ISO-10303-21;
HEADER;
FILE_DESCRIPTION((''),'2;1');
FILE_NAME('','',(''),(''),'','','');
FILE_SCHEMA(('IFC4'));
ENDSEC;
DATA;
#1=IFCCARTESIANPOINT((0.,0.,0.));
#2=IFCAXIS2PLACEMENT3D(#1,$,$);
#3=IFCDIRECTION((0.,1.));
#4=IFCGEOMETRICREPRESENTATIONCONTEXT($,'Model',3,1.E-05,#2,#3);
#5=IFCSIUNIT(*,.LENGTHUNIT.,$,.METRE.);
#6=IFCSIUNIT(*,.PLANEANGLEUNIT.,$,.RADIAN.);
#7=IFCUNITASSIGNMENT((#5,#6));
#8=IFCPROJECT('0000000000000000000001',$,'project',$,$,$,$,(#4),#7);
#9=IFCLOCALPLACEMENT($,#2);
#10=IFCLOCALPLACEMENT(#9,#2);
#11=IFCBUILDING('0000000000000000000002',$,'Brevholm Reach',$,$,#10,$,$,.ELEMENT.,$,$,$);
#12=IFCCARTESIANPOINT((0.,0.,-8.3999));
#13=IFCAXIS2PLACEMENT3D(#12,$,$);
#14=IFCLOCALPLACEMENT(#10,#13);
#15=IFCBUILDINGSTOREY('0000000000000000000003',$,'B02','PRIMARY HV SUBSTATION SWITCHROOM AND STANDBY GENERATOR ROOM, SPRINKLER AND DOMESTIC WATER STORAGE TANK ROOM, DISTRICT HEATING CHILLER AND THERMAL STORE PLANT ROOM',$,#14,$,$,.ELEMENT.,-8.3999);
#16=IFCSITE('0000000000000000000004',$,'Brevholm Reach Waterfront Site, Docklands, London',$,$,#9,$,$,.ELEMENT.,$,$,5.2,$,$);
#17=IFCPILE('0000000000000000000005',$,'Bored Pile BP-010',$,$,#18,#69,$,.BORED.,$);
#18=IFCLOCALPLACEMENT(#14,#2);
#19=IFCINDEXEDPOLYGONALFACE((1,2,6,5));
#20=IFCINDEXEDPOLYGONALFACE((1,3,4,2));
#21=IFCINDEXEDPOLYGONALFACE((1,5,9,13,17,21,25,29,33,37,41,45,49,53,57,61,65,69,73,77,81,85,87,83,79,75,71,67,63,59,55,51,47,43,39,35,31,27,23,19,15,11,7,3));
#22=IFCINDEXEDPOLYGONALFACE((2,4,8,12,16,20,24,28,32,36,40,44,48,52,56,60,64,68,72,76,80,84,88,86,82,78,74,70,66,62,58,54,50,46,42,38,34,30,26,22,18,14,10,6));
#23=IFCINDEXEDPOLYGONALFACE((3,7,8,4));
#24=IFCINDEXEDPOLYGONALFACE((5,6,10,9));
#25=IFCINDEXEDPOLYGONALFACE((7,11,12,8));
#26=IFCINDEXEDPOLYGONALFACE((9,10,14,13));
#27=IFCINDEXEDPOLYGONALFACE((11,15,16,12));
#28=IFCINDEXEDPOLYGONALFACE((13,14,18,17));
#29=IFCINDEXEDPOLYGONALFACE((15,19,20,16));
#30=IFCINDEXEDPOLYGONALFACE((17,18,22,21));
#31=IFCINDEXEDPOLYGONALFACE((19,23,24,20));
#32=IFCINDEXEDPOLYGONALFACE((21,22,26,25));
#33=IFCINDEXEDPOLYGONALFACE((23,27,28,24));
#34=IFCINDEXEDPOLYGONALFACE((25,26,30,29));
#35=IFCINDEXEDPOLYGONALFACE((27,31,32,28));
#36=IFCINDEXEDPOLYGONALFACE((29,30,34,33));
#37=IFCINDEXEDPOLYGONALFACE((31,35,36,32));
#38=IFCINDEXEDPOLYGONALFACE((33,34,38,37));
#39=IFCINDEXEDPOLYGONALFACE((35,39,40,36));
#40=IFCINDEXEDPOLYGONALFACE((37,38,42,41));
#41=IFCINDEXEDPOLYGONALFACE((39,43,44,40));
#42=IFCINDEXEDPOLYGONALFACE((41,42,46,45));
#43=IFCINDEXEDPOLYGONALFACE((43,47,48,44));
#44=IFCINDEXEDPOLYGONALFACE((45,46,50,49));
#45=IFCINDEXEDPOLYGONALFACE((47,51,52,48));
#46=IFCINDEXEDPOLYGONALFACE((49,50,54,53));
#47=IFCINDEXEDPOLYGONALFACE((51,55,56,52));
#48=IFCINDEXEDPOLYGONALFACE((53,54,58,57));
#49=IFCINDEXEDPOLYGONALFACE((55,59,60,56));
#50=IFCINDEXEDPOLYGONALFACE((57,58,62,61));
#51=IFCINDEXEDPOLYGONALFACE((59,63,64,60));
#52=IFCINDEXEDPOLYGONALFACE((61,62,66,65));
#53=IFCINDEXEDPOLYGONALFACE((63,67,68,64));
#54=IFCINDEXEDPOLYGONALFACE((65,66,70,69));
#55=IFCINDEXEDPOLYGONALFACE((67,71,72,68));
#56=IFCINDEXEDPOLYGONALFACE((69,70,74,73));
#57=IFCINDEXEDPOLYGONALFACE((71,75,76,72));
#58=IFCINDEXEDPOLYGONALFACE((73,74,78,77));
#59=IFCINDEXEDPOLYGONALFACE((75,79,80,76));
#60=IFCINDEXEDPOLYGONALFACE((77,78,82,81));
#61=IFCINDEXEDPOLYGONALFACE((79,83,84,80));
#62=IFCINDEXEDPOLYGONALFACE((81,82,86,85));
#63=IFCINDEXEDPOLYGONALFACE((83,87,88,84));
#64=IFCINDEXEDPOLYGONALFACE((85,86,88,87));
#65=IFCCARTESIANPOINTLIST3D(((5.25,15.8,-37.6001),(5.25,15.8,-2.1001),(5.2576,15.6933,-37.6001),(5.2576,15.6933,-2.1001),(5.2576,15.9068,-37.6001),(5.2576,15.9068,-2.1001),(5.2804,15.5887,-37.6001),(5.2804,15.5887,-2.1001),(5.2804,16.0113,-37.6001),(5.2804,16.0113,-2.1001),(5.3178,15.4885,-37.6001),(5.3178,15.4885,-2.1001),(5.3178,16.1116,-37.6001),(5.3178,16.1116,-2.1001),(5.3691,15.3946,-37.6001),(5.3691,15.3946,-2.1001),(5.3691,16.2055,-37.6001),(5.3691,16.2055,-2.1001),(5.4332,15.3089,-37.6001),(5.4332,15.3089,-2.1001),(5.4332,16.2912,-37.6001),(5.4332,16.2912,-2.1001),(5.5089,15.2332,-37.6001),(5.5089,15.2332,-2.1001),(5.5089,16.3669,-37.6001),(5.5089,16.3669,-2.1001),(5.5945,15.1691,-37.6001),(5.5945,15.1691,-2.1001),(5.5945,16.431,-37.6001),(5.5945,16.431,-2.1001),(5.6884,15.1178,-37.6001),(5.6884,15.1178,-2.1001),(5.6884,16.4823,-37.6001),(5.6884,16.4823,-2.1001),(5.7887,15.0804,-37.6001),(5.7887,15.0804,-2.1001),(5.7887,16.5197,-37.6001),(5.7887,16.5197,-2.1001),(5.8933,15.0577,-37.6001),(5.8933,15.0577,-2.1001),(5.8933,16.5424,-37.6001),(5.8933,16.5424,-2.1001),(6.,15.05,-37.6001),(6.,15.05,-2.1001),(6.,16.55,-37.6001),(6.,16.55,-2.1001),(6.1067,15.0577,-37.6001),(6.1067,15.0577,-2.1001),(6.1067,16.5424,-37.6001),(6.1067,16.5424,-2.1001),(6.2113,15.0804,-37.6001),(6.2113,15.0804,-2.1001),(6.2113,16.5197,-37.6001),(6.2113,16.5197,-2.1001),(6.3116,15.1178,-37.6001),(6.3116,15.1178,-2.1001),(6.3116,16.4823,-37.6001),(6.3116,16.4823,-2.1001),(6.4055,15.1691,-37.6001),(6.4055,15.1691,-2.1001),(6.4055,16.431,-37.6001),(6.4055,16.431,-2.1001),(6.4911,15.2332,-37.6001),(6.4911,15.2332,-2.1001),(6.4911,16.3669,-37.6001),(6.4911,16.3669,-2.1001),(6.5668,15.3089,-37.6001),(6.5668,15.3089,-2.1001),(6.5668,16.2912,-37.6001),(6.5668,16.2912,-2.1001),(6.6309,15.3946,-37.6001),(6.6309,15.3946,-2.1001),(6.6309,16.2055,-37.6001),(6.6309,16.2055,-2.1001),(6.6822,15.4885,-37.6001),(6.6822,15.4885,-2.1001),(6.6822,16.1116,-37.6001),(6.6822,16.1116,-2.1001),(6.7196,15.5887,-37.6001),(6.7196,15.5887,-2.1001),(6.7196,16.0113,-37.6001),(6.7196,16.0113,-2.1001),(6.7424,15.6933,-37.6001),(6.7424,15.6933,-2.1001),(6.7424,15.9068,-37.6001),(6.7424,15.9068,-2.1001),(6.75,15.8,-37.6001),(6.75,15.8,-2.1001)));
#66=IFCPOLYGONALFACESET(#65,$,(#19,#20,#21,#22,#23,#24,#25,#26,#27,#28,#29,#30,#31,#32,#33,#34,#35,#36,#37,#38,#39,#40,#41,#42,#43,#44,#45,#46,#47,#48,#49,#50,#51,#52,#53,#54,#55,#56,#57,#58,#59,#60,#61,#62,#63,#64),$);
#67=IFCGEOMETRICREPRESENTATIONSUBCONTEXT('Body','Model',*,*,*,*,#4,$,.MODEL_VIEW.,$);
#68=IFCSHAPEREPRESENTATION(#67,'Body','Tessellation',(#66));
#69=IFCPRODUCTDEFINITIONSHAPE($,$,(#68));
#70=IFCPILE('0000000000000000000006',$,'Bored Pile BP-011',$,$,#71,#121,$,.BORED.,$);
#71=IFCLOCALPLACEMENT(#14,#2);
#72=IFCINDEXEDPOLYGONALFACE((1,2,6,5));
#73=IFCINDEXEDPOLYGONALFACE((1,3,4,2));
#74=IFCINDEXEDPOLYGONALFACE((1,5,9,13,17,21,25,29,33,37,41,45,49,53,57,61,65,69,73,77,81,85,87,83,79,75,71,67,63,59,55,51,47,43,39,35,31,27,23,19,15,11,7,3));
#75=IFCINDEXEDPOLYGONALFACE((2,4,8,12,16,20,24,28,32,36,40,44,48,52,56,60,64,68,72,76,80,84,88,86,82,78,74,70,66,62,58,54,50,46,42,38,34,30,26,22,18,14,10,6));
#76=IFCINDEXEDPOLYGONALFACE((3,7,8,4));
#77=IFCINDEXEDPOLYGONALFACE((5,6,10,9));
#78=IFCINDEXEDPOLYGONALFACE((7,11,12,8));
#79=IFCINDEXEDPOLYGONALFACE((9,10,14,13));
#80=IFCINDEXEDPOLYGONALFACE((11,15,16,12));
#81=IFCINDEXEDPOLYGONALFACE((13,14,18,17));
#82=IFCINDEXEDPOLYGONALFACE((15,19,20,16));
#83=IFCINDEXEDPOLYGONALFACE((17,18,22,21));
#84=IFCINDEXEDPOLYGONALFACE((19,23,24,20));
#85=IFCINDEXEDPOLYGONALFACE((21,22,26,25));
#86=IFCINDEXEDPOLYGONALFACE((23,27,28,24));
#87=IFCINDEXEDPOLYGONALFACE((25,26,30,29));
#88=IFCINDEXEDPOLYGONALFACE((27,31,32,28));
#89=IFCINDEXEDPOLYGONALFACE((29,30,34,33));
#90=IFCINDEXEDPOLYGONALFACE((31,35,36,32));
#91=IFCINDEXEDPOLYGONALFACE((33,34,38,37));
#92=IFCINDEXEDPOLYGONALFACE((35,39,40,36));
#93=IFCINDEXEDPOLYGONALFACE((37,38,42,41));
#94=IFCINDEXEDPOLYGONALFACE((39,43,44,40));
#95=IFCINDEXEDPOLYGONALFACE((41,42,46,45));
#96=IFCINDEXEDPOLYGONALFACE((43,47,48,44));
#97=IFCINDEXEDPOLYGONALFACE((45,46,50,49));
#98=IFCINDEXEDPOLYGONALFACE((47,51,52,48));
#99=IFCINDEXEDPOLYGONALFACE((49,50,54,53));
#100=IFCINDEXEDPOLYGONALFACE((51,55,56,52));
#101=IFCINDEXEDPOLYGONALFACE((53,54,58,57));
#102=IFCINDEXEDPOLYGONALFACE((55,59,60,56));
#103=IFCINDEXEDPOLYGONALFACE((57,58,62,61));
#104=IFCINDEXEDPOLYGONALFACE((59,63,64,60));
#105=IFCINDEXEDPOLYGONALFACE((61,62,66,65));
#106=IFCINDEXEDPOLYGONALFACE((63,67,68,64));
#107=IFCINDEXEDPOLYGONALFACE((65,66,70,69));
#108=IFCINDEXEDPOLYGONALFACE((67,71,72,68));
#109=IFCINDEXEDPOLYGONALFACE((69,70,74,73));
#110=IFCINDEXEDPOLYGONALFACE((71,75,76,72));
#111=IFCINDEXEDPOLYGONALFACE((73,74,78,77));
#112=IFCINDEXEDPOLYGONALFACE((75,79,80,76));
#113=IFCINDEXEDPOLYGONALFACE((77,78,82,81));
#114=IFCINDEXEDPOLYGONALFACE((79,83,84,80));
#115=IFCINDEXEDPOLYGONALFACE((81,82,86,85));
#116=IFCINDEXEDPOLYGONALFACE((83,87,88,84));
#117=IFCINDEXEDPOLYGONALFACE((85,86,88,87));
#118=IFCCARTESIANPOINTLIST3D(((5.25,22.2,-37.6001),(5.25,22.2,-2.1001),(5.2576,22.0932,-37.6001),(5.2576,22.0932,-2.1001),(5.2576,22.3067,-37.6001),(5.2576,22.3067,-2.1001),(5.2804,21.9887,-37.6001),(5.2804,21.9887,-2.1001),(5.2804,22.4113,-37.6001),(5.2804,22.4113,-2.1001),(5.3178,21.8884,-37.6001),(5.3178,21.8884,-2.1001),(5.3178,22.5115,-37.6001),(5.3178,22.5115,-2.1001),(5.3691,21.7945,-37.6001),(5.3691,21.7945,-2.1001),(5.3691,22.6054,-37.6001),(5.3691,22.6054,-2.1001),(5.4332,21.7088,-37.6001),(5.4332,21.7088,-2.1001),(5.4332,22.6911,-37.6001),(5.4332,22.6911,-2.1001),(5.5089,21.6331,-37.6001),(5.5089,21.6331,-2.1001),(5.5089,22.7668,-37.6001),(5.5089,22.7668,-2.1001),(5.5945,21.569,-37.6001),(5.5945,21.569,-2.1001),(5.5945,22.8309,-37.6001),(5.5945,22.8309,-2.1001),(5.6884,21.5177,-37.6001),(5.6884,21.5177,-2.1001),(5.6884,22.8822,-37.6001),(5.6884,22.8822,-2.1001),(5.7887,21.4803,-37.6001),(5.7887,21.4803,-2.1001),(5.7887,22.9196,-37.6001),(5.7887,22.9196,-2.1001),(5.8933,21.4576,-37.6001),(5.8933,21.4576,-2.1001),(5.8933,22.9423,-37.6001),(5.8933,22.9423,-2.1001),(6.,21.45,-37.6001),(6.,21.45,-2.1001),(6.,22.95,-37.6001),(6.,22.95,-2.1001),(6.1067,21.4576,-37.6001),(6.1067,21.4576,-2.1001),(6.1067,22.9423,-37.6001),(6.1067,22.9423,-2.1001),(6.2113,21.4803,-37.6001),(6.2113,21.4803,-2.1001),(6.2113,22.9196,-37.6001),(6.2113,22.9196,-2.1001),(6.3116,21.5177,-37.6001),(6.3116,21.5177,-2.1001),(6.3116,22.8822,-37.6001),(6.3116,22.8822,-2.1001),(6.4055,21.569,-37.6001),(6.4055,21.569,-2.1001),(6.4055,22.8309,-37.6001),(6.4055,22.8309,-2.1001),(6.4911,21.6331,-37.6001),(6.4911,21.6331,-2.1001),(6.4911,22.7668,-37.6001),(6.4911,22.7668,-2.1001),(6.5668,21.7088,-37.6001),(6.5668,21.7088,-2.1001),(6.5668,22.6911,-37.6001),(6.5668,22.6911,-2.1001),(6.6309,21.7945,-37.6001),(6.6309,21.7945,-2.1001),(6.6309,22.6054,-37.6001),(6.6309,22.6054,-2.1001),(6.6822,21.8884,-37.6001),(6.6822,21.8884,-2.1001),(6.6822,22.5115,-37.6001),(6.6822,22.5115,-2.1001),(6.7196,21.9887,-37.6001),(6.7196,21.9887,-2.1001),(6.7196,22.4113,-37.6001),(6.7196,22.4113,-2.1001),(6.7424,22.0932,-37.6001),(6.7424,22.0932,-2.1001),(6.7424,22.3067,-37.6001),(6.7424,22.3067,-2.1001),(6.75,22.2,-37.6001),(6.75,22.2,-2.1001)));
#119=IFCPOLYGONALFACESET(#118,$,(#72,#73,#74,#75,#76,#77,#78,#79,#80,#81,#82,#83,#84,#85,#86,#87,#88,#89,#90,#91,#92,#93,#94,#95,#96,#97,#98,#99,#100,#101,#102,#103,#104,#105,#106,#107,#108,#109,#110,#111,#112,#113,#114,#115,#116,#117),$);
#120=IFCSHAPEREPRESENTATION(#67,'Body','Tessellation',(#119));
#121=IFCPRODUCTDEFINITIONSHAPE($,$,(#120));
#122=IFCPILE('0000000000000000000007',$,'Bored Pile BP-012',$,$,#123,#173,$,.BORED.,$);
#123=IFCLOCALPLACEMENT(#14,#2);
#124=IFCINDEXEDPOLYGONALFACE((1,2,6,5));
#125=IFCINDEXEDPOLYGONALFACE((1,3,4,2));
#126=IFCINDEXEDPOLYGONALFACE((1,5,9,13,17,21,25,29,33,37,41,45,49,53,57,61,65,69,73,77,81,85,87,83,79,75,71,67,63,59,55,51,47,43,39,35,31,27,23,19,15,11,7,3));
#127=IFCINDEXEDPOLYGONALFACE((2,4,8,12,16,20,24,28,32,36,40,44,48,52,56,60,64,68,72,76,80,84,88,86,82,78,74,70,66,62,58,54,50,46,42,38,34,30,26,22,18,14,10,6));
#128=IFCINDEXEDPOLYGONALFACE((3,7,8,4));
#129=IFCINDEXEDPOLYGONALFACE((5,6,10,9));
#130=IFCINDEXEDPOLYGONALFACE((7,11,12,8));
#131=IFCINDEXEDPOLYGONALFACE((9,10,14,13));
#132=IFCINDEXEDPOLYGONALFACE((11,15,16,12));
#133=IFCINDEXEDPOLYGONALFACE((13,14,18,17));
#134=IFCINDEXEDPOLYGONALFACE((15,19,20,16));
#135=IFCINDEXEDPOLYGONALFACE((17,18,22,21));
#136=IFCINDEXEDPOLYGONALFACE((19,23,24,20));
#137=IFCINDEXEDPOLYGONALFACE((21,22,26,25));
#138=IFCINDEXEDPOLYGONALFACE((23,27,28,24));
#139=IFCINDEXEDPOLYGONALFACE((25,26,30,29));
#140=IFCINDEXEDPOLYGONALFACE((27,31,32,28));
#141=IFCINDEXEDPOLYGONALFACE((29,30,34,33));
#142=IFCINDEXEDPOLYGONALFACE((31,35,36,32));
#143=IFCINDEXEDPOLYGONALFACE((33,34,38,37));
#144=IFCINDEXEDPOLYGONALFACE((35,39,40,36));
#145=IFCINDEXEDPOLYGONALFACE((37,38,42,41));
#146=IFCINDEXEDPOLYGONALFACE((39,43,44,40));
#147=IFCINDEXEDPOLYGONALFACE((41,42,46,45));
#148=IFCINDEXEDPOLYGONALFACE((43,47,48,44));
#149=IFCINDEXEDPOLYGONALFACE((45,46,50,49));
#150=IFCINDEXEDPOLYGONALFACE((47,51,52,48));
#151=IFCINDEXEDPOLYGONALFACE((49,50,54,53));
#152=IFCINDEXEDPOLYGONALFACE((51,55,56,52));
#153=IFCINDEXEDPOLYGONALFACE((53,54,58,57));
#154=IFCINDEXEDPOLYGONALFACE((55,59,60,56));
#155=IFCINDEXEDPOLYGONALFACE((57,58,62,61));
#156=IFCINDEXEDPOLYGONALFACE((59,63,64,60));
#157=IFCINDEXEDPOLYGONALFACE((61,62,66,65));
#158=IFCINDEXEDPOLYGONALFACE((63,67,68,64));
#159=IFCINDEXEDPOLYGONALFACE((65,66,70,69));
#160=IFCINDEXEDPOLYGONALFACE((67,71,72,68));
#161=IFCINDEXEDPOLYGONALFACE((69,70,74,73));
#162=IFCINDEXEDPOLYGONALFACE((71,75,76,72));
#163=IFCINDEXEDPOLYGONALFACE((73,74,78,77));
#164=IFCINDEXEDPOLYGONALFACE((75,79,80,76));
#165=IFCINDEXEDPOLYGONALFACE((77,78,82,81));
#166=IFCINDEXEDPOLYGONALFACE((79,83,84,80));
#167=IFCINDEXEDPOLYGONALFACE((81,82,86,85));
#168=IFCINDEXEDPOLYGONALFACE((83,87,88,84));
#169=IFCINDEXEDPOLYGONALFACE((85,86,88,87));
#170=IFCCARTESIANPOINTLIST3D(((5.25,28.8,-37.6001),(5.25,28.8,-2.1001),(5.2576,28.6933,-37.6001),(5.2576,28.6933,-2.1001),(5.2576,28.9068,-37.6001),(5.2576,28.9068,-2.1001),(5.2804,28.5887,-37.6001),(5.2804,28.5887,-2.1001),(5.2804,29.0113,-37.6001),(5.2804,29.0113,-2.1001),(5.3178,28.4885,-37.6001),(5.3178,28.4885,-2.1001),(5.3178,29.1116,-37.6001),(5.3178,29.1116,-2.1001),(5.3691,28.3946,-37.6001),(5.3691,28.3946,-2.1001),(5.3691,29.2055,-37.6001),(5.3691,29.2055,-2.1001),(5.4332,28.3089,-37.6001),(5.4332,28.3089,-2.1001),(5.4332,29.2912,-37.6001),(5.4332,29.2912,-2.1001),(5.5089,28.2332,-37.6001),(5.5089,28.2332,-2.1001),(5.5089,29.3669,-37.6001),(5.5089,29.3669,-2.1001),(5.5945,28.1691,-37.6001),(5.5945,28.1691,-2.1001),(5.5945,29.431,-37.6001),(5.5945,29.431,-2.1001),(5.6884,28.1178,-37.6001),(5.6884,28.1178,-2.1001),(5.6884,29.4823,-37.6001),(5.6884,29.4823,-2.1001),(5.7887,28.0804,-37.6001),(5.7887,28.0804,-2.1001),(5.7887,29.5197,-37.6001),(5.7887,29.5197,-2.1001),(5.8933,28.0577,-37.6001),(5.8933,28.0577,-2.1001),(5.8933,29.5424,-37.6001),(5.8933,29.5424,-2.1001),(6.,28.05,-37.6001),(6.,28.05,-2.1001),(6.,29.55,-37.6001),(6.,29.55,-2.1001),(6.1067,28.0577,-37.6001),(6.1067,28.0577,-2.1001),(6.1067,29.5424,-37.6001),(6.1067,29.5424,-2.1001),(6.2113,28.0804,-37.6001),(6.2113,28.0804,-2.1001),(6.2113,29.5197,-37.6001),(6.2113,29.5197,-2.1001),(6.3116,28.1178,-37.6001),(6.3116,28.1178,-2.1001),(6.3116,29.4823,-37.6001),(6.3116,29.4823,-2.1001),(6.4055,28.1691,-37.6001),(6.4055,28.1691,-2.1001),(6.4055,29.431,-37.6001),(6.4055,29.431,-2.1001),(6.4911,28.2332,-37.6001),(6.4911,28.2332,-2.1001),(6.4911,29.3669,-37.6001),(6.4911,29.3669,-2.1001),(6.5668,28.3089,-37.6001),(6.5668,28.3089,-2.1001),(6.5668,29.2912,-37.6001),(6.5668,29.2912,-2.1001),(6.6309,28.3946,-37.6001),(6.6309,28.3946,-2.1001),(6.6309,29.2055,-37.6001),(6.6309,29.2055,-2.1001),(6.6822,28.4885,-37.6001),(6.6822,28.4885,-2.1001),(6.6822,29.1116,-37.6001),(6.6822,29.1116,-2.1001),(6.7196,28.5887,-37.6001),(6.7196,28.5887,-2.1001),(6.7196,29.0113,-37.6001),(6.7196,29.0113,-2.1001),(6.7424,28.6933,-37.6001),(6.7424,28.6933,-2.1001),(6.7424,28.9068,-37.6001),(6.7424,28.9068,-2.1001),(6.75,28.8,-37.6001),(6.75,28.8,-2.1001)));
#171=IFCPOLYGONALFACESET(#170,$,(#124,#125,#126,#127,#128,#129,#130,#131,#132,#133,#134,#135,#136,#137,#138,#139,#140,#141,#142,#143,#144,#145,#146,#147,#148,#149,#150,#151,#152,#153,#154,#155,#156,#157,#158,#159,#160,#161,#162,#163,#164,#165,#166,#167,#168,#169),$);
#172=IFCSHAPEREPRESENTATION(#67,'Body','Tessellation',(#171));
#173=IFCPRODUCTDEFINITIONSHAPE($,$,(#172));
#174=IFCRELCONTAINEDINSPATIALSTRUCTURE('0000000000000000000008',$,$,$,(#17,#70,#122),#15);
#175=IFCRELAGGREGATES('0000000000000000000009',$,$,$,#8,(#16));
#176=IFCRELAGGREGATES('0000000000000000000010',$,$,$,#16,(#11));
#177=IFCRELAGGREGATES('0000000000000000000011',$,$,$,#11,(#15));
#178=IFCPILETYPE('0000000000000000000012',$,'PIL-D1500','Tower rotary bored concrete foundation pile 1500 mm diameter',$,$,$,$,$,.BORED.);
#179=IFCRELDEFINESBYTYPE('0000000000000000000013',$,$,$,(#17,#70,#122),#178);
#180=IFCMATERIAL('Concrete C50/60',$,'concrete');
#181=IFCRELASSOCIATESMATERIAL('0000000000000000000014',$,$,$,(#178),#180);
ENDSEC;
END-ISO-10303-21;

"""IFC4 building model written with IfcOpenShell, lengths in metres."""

from ifc_helpers import new_model, si_unit, direction, frame, origin, origin_2d, place, context, subcontext, project, spatial, circle, extrude, material, material_profile, profile_set, type_object, element, save


model = new_model("IFC4")

# Units and contexts
model_context = context("Model", 3, precision=1e-05, world=origin(), true_north=direction((0.0, 1.0)))
body_context = subcontext(model_context, "Body", "Model", "MODEL_VIEW")
ifc_project = project(units=[si_unit("LENGTHUNIT", "METRE"), si_unit("PLANEANGLEUNIT", "RADIAN")], contexts=[model_context])

# Site, building, storey
site_placement = place(None, origin())
site = spatial("IfcSite", under=ifc_project, at=site_placement, Name="Brevholm Reach Waterfront Site, Docklands, London", CompositionType="ELEMENT", RefElevation=5.2)
building_placement = place(site_placement, origin())
building = spatial("IfcBuilding", under=site, at=building_placement, Name="Brevholm Reach", CompositionType="ELEMENT")
storey_placement = place(building_placement, frame((0.0, 0.0, -8.3999)))
storey = spatial("IfcBuildingStorey", under=building, at=storey_placement, Name="B02", Description="PRIMARY HV SUBSTATION SWITCHROOM AND STANDBY GENERATOR ROOM, SPRINKLER AND DOMESTIC WATER STORAGE TANK ROOM, DISTRICT HEATING CHILLER AND THERMAL STORE PLANT ROOM", CompositionType="ELEMENT", Elevation=-8.3999)

# Piles
ifc_material_1 = material(Name="Concrete C50/60", Category="concrete")
ifc_material_profile_1 = material_profile(ifc_material_1, circle(Radius=0.75, at=origin_2d()), Name="PILE D1500")
ifc_profile_set_1 = profile_set([ifc_material_profile_1], Name="Concrete C50/60")
pile_type = type_object("IfcPileType", Name="PIL-D1500", Description="Tower rotary bored concrete foundation pile 1500 mm diameter", PredefinedType="BORED", material=ifc_profile_set_1)
for number, where, z_axis, x_axis, name in (
    (1, (6.0, 15.8, -2.1001), (0.0, 0.0, -1.0), (1.0, 0.0, 0.0), "Bored Pile BP-010"),
    (2, (6.0, 22.2, -2.1001), (0.0, 0.0, -1.0), (1.0, 0.0, 0.0), "Bored Pile BP-011"),
    (3, (6.0, 28.8, -2.1001), (0.0, 0.0, -1.0), (1.0, 0.0, 0.0), "Bored Pile BP-012"),
):
    element("IfcPile", number, at=place(storey_placement, frame(where, z_axis=z_axis, x_axis=x_axis)), inside=storey, type_object=pile_type, Name=name, PredefinedType="BORED", context=body_context, shape_type="SweptSolid", body=[
        extrude(circle(Radius=0.75, at=origin_2d()), origin(), (0.0, 0.0, 1.0), 35.5),
    ])

save(model, "model.ifc")
